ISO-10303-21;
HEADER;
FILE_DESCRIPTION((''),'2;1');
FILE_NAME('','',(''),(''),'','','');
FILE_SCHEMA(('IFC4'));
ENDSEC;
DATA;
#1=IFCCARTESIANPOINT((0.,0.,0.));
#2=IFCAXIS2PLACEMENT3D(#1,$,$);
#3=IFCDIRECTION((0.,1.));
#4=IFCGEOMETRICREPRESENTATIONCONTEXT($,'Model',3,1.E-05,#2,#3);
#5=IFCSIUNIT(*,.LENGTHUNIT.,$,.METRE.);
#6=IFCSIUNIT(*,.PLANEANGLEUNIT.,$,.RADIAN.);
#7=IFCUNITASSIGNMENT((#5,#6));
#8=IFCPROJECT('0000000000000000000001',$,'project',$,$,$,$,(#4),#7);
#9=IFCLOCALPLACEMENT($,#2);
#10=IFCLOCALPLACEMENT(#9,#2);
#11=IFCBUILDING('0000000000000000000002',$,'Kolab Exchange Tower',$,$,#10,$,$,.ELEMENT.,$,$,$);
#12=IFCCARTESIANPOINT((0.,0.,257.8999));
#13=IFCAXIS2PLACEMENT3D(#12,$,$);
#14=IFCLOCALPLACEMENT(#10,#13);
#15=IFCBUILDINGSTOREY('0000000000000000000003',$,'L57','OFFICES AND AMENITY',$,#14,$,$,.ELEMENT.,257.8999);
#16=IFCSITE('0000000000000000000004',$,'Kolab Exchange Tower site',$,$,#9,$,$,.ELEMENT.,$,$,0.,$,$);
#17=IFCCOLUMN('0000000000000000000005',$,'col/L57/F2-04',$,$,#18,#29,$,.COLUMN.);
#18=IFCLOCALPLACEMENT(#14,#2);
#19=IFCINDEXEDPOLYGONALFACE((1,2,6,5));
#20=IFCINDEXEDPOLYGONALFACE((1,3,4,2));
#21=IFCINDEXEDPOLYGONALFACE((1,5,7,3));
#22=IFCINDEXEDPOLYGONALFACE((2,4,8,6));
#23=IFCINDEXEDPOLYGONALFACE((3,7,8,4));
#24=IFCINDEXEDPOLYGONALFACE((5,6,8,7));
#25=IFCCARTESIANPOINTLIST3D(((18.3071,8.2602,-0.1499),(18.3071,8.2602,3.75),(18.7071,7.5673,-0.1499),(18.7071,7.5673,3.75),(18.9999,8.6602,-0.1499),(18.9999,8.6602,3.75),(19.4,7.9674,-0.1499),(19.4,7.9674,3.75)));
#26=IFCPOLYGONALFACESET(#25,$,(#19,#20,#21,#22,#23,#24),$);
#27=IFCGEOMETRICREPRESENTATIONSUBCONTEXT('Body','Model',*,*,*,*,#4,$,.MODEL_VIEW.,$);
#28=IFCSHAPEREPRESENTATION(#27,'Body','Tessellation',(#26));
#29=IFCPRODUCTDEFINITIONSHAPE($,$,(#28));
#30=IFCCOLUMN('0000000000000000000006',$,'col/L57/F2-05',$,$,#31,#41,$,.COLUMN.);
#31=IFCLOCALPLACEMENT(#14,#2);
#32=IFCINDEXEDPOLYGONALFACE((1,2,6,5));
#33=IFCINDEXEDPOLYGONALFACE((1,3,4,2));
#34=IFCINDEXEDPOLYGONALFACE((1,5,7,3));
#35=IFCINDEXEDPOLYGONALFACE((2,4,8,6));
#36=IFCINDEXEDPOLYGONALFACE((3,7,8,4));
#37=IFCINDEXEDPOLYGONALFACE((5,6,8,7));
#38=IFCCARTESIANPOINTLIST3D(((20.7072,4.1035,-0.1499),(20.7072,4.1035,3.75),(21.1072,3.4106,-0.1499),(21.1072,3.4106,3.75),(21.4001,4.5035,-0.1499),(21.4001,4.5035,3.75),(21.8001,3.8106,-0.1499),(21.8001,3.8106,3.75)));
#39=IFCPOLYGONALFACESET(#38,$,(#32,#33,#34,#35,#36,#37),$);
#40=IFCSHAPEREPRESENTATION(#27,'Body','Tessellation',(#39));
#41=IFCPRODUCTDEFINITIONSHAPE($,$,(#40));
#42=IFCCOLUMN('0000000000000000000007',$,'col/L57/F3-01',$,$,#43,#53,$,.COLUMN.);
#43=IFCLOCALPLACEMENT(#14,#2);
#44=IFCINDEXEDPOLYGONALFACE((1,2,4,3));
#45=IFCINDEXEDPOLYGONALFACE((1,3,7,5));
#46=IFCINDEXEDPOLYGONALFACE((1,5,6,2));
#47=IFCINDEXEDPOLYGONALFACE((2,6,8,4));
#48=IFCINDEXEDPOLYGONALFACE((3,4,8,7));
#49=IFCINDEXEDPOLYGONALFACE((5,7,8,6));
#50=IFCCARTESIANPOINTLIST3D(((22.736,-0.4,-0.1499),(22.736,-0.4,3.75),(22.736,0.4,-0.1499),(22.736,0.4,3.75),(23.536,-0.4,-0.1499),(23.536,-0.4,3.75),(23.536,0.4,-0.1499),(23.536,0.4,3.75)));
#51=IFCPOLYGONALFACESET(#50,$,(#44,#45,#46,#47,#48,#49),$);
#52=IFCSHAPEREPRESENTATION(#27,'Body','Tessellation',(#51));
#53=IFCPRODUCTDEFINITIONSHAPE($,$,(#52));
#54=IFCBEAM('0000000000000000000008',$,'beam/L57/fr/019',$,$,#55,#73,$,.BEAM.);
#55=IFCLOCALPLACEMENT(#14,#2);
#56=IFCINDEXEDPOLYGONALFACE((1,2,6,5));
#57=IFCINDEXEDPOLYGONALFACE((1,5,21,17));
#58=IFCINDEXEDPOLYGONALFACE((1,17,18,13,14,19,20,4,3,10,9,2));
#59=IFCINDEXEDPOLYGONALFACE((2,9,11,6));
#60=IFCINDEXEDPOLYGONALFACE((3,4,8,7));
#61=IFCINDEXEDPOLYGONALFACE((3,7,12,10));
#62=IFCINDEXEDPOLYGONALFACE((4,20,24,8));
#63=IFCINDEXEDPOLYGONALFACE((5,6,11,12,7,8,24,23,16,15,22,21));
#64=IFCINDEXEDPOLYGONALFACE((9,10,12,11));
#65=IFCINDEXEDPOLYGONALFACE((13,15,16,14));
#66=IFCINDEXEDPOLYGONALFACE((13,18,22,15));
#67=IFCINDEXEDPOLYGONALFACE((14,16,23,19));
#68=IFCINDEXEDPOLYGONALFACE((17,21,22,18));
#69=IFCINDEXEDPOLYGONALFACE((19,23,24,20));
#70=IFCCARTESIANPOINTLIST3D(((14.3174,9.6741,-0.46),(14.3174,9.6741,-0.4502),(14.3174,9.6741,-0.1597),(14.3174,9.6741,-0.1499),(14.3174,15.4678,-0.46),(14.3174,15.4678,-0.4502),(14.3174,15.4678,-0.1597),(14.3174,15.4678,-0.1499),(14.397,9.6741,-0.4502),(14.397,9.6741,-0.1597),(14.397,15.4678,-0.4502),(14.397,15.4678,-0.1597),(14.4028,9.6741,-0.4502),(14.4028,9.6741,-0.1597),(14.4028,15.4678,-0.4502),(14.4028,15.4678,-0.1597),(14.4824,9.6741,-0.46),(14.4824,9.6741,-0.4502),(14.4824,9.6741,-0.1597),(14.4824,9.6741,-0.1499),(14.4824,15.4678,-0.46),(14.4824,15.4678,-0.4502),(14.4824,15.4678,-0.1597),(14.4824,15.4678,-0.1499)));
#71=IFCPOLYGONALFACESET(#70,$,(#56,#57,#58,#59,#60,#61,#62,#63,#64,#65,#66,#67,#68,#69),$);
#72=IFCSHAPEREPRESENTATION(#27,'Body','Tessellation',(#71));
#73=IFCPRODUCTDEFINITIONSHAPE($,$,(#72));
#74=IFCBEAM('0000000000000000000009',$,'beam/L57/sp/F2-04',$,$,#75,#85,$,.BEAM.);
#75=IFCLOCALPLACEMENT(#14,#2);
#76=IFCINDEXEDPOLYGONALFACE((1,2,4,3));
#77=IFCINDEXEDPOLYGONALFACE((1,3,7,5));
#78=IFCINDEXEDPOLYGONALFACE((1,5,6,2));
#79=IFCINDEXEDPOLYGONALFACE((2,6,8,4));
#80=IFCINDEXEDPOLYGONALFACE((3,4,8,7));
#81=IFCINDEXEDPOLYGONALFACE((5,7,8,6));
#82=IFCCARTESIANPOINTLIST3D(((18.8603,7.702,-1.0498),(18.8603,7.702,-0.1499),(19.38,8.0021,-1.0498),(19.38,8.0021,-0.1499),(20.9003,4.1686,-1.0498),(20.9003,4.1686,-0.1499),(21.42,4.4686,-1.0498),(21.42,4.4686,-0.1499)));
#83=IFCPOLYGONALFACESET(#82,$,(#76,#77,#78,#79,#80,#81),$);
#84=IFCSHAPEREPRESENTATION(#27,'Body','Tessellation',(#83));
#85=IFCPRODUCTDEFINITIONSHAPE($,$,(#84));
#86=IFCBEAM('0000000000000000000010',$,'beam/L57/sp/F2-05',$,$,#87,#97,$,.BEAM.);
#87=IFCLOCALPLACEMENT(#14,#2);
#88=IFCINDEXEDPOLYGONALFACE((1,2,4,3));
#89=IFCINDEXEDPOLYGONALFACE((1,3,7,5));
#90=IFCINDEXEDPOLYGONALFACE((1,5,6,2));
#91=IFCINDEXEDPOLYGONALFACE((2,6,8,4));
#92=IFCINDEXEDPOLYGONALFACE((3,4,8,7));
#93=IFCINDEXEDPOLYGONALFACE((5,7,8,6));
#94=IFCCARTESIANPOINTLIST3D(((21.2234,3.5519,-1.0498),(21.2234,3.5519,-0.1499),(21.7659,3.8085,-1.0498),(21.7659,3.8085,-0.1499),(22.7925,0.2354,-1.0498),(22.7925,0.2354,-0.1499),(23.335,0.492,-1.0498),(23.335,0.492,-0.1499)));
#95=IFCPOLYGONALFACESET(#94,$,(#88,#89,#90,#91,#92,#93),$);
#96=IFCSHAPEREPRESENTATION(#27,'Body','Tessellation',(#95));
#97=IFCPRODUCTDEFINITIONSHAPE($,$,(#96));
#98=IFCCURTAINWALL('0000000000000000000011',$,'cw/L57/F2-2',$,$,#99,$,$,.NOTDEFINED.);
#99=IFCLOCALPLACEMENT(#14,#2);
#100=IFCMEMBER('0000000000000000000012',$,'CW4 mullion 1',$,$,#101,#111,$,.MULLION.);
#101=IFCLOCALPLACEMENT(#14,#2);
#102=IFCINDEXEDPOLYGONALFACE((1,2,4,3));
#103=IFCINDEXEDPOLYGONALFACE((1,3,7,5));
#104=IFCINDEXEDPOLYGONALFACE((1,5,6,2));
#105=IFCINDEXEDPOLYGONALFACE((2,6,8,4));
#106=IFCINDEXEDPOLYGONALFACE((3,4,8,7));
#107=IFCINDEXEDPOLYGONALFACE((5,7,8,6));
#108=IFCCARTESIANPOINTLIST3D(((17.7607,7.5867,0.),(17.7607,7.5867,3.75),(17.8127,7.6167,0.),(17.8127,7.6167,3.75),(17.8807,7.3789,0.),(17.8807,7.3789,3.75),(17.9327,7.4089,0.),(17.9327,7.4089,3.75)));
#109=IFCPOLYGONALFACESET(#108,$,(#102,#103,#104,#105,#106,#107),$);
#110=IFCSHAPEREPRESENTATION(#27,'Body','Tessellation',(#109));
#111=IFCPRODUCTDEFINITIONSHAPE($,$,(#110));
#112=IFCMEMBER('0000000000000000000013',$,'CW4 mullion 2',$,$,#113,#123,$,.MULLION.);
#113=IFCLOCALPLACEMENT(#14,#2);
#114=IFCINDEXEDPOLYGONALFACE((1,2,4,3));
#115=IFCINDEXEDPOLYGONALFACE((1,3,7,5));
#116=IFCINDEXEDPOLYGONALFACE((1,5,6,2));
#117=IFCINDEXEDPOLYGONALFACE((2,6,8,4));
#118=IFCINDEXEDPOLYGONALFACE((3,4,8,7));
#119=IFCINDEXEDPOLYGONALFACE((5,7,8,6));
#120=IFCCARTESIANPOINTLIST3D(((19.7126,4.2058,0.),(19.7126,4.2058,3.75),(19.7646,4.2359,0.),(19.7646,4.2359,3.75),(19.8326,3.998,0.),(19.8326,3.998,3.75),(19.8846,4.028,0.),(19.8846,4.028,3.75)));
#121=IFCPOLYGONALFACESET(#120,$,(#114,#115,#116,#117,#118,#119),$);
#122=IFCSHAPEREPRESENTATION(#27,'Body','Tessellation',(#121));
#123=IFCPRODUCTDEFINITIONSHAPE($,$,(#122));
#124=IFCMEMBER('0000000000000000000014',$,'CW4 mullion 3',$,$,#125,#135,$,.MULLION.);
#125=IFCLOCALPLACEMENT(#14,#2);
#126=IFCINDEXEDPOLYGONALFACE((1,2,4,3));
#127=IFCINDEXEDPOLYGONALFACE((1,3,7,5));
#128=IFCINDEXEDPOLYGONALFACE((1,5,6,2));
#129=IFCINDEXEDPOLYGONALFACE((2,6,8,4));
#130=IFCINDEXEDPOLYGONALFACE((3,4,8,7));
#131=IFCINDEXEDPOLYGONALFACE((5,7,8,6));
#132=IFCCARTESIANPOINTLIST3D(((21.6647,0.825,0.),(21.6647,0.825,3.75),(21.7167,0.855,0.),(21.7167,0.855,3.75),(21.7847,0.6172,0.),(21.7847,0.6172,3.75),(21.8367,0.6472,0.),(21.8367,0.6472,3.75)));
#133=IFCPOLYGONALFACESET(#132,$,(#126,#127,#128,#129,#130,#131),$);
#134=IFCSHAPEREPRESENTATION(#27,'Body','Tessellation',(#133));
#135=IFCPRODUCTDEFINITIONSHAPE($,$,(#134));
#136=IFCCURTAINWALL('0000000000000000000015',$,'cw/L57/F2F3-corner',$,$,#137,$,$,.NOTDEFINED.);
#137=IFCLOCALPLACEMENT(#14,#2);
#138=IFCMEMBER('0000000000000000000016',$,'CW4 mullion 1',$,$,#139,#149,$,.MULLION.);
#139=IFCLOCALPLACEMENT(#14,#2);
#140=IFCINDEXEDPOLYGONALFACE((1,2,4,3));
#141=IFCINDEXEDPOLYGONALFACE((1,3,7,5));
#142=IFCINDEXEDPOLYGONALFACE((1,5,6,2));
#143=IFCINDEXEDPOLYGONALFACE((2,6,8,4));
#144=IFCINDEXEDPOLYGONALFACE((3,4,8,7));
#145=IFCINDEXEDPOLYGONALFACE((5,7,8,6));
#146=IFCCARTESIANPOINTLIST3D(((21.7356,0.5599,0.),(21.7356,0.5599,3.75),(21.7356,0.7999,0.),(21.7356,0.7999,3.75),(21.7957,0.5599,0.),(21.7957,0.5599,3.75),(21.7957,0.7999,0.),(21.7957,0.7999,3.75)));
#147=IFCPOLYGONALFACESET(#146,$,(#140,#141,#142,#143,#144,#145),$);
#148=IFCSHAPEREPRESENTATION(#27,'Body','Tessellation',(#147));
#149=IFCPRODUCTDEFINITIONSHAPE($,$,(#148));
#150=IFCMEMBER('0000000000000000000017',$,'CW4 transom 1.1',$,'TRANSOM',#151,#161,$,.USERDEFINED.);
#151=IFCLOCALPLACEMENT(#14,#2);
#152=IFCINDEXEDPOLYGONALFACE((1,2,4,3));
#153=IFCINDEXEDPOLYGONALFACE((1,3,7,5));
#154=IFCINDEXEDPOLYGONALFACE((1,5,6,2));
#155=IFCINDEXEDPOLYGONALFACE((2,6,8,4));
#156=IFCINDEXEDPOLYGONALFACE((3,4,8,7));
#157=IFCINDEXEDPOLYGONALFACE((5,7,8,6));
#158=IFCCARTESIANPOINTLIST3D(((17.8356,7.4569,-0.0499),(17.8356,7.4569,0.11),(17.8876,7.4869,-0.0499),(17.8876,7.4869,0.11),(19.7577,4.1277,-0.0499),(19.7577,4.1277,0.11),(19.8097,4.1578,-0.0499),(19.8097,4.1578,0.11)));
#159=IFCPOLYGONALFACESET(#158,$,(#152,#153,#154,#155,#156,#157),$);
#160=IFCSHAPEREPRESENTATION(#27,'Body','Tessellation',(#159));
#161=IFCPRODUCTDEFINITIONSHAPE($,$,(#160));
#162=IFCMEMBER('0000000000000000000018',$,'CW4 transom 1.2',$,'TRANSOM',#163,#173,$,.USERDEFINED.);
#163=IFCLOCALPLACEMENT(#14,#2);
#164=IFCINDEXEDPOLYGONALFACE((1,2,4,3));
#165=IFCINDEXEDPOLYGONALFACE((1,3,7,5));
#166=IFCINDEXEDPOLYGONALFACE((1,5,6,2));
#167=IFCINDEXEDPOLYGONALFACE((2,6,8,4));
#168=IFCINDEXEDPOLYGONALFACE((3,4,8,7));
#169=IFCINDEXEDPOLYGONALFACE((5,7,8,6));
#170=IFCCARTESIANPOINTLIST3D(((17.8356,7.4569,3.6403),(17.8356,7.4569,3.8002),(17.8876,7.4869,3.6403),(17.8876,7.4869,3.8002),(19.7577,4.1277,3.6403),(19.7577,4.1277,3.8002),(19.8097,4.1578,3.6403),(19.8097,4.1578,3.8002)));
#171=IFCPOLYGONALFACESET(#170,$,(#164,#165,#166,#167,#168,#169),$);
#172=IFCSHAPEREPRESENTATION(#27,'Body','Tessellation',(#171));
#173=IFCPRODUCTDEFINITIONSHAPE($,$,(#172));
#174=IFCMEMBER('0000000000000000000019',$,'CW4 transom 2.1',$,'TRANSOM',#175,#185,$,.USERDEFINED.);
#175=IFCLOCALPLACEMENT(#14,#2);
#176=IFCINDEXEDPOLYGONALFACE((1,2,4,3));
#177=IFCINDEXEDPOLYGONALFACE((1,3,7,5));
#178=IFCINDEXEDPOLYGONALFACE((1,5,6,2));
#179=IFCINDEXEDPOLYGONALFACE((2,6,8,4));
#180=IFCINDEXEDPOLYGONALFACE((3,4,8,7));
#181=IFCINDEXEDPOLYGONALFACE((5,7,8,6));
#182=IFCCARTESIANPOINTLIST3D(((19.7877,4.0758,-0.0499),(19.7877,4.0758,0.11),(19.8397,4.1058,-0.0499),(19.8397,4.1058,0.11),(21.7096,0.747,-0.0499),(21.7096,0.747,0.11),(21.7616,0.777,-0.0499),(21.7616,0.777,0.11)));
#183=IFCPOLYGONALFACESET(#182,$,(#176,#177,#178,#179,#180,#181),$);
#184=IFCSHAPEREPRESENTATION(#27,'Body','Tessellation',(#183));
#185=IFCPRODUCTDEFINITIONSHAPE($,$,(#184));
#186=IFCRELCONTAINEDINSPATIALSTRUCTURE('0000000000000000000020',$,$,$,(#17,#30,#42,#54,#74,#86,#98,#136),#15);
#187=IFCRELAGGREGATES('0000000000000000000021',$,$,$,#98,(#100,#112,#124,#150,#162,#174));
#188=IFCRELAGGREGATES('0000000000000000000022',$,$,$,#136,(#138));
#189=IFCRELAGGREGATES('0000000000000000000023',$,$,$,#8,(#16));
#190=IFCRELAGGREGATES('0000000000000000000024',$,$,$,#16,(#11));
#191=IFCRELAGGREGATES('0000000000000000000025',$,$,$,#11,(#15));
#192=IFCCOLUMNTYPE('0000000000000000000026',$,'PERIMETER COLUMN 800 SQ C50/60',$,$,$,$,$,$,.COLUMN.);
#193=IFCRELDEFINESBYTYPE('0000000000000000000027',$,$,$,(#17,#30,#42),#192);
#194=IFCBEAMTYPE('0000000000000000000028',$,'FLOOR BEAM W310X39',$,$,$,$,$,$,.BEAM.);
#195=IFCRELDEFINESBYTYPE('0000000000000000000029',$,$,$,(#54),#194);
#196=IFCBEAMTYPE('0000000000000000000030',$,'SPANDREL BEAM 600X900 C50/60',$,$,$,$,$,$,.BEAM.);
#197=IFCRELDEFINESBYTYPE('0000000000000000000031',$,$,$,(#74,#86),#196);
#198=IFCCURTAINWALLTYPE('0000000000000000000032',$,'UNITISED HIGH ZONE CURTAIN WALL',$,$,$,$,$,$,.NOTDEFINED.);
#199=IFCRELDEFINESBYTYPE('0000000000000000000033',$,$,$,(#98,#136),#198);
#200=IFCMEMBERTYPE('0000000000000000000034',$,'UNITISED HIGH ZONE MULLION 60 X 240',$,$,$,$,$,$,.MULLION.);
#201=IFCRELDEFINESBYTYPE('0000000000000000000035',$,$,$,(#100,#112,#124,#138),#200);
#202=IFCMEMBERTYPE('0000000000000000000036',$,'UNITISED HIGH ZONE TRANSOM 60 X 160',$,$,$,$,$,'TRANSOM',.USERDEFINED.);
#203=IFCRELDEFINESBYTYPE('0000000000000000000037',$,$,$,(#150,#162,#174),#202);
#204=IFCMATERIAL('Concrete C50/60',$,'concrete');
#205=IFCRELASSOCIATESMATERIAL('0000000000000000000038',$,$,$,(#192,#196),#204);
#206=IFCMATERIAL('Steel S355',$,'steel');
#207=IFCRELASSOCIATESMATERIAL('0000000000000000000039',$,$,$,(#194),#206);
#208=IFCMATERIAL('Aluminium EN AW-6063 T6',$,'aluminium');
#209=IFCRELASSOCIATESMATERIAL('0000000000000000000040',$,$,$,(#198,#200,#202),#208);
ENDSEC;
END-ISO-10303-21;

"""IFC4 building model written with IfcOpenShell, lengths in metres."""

from ifc_helpers import new_model, si_unit, direction, frame, origin, origin_2d, place, context, subcontext, project, spatial, rectangle, i_section, extrude, material, material_profile, profile_set, type_object, element, aggregate, save


model = new_model("IFC4")

# Units and contexts
model_context = context("Model", 3, precision=1e-05, world=origin(), true_north=direction((0.0, 1.0)))
body_context = subcontext(model_context, "Body", "Model", "MODEL_VIEW")
ifc_project = project(units=[si_unit("LENGTHUNIT", "METRE"), si_unit("PLANEANGLEUNIT", "RADIAN")], contexts=[model_context])

# Site, building, storey
site_placement = place(None, origin())
site = spatial("IfcSite", under=ifc_project, at=site_placement, Name="Kolab Exchange Tower site", CompositionType="ELEMENT", RefElevation=0.0)
building_placement = place(site_placement, origin())
building = spatial("IfcBuilding", under=site, at=building_placement, Name="Kolab Exchange Tower", CompositionType="ELEMENT")
storey_placement = place(building_placement, frame((0.0, 0.0, 257.8999)))
storey = spatial("IfcBuildingStorey", under=building, at=storey_placement, Name="L57", Description="OFFICES AND AMENITY", CompositionType="ELEMENT", Elevation=257.8999)

# Columns
ifc_material_1 = material(Name="Concrete C50/60", Category="concrete")
ifc_material_profile_1 = material_profile(ifc_material_1, rectangle(XDim=0.8, YDim=0.8, at=origin_2d()), Name="RC800")
ifc_profile_set_1 = profile_set([ifc_material_profile_1], Name="Concrete C50/60")
column_type = type_object("IfcColumnType", Name="PERIMETER COLUMN 800 SQ C50/60", PredefinedType="COLUMN", material=ifc_profile_set_1)
for number, where, z_axis, x_axis, name in (
    (1, (18.8535, 8.1138, -0.1499), (0.0, 0.0, 1.0), (0.866025, 0.5, 0.0), "col/L57/F2-04"),
    (2, (21.2537, 3.957, -0.1499), (0.0, 0.0, 1.0), (0.866025, 0.5, 0.0), "col/L57/F2-05"),
    (3, (23.136, 0.0, -0.1499), (0.0, 0.0, 1.0), (1.0, 0.0, 0.0), "col/L57/F3-01"),
):
    element("IfcColumn", number, at=place(storey_placement, frame(where, z_axis=z_axis, x_axis=x_axis)), inside=storey, type_object=column_type, Name=name, PredefinedType="COLUMN", context=body_context, shape_type="SweptSolid", body=[
        extrude(rectangle(XDim=0.8, YDim=0.8, at=origin_2d()), origin(), (0.0, 0.0, 1.0), 3.8999),
    ])

# Beams
ifc_material_2 = material(Name="Steel S355", Category="steel")
ifc_material_profile_2 = material_profile(ifc_material_2, i_section(OverallWidth=0.165, OverallDepth=0.3101, WebThickness=0.0059, FlangeThickness=0.0098, at=origin_2d()), Name="W310X39")
ifc_profile_set_2 = profile_set([ifc_material_profile_2], Name="Steel S355")
beam_type_1 = type_object("IfcBeamType", Name="FLOOR BEAM W310X39", PredefinedType="BEAM", material=ifc_profile_set_2)
beam_1_placement = place(storey_placement, frame((14.3999, 9.6741, -0.3049), z_axis=(0.0, 1.0, 0.0), x_axis=(-1.0, 0.0, 0.0)))
element("IfcBeam", 4, at=beam_1_placement, inside=storey, type_object=beam_type_1, Name="beam/L57/fr/019", PredefinedType="BEAM", context=body_context, shape_type="SweptSolid", body=[
    extrude(i_section(OverallWidth=0.165, OverallDepth=0.3101, WebThickness=0.0059, FlangeThickness=0.0098, at=origin_2d()), origin(), (0.0, 0.0, 1.0), 5.7937),
])
ifc_material_profile_3 = material_profile(ifc_material_1, rectangle(XDim=0.6001, YDim=0.8999, at=origin_2d()), Name="RC600X900")
ifc_profile_set_3 = profile_set([ifc_material_profile_3], Name="Concrete C50/60")
beam_type_2 = type_object("IfcBeamType", Name="SPANDREL BEAM 600X900 C50/60", PredefinedType="BEAM", material=ifc_profile_set_3)
beam_2_placement = place(storey_placement, frame((19.1201, 7.8521, -0.5999), z_axis=(0.5, -0.866025, 0.0), x_axis=(0.866025, 0.5, 0.0)))
element("IfcBeam", 5, at=beam_2_placement, inside=storey, type_object=beam_type_2, Name="beam/L57/sp/F2-04", PredefinedType="BEAM", context=body_context, shape_type="SweptSolid", body=[
    extrude(rectangle(XDim=0.6001, YDim=0.8999, at=origin_2d()), origin(), (0.0, 0.0, 1.0), 4.0801),
])
beam_3_placement = place(storey_placement, frame((21.4946, 3.6802, -0.5999), z_axis=(0.427677, -0.903932, 0.0), x_axis=(0.903932, 0.427677, 0.0)))
element("IfcBeam", 6, at=beam_3_placement, inside=storey, type_object=beam_type_2, Name="beam/L57/sp/F2-05", PredefinedType="BEAM", context=body_context, shape_type="SweptSolid", body=[
    extrude(rectangle(XDim=0.6001, YDim=0.8999, at=origin_2d()), origin(), (0.0, 0.0, 1.0), 3.6689),
])

# Curtain wall, members
ifc_material_3 = material(Name="Aluminium EN AW-6063 T6", Category="aluminium")
curtain_wall_type = type_object("IfcCurtainWallType", Name="UNITISED HIGH ZONE CURTAIN WALL", PredefinedType="NOTDEFINED", material=ifc_material_3)
curtain_wall_1_placement = place(storey_placement, origin())
curtain_wall_1 = element("IfcCurtainWall", 7, at=curtain_wall_1_placement, inside=storey, type_object=curtain_wall_type, Name="cw/L57/F2-2", PredefinedType="NOTDEFINED")
ifc_material_profile_4 = material_profile(ifc_material_3, rectangle(XDim=0.0601, YDim=0.24, at=origin_2d()), Name="RECT 60X240")
ifc_profile_set_4 = profile_set([ifc_material_profile_4], Name="Aluminium EN AW-6063 T6")
member_type_1 = type_object("IfcMemberType", Name="UNITISED HIGH ZONE MULLION 60 X 240", PredefinedType="MULLION", material=ifc_profile_set_4)
member_1_placement = place(storey_placement, frame((17.8467, 7.4978, 0.0), z_axis=(0.0, 0.0, 1.0), x_axis=(0.866025, 0.5, 0.0)))
member_1 = element("IfcMember", 8, at=member_1_placement, type_object=member_type_1, Name="CW4 mullion 1", PredefinedType="MULLION", context=body_context, shape_type="SweptSolid", body=[
    extrude(rectangle(XDim=0.0601, YDim=0.24, at=origin_2d()), origin(), (0.0, 0.0, 1.0), 3.75),
])
member_2_placement = place(storey_placement, frame((19.7986, 4.1169, 0.0), z_axis=(0.0, 0.0, 1.0), x_axis=(0.866025, 0.5, 0.0)))
member_2 = element("IfcMember", 9, at=member_2_placement, type_object=member_type_1, Name="CW4 mullion 2", PredefinedType="MULLION", context=body_context, shape_type="SweptSolid", body=[
    extrude(rectangle(XDim=0.0601, YDim=0.24, at=origin_2d()), origin(), (0.0, 0.0, 1.0), 3.75),
])
member_3_placement = place(storey_placement, frame((21.7507, 0.7361, 0.0), z_axis=(0.0, 0.0, 1.0), x_axis=(0.866025, 0.5, 0.0)))
member_3 = element("IfcMember", 10, at=member_3_placement, type_object=member_type_1, Name="CW4 mullion 3", PredefinedType="MULLION", context=body_context, shape_type="SweptSolid", body=[
    extrude(rectangle(XDim=0.0601, YDim=0.24, at=origin_2d()), origin(), (0.0, 0.0, 1.0), 3.75),
])

# Curtain wall, member
curtain_wall_2_placement = place(storey_placement, origin())
curtain_wall_2 = element("IfcCurtainWall", 11, at=curtain_wall_2_placement, inside=storey, type_object=curtain_wall_type, Name="cw/L57/F2F3-corner", PredefinedType="NOTDEFINED")
member_4_placement = place(storey_placement, frame((21.7656, 0.6799, 0.0), z_axis=(0.0, 0.0, 1.0), x_axis=(1.0, 0.0, 0.0)))
member_4 = element("IfcMember", 12, at=member_4_placement, type_object=member_type_1, Name="CW4 mullion 1", PredefinedType="MULLION", context=body_context, shape_type="SweptSolid", body=[
    extrude(rectangle(XDim=0.0601, YDim=0.24, at=origin_2d()), origin(), (0.0, 0.0, 1.0), 3.75),
])

# Members
ifc_material_profile_5 = material_profile(ifc_material_3, rectangle(XDim=0.0601, YDim=0.1599, at=origin_2d()), Name="RECT 60X160")
ifc_profile_set_5 = profile_set([ifc_material_profile_5], Name="Aluminium EN AW-6063 T6")
member_type_2 = type_object("IfcMemberType", Name="UNITISED HIGH ZONE TRANSOM 60 X 160", ElementType="TRANSOM", PredefinedType="USERDEFINED", material=ifc_profile_set_5)
member_5_placement = place(storey_placement, frame((17.8616, 7.4719, 0.03), z_axis=(0.500012, -0.866018, 0.0), x_axis=(0.866018, 0.500012, 0.0)))
member_5 = element("IfcMember", 13, at=member_5_placement, type_object=member_type_2, Name="CW4 transom 1.1", ObjectType="TRANSOM", PredefinedType="USERDEFINED", context=body_context, shape_type="SweptSolid", body=[
    extrude(rectangle(XDim=0.0601, YDim=0.1599, at=origin_2d()), origin(), (0.0, 0.0, 1.0), 3.8442),
])
member_6_placement = place(storey_placement, frame((17.8616, 7.4719, 3.7202), z_axis=(0.500012, -0.866018, 0.0), x_axis=(0.866018, 0.500012, 0.0)))
member_6 = element("IfcMember", 14, at=member_6_placement, type_object=member_type_2, Name="CW4 transom 1.2", ObjectType="TRANSOM", PredefinedType="USERDEFINED", context=body_context, shape_type="SweptSolid", body=[
    extrude(rectangle(XDim=0.0601, YDim=0.1599, at=origin_2d()), origin(), (0.0, 0.0, 1.0), 3.8442),
])
member_7_placement = place(storey_placement, frame((19.8137, 4.0908, 0.03), z_axis=(0.499992, -0.86603, 0.0), x_axis=(0.86603, 0.499992, 0.0)))
member_7 = element("IfcMember", 15, at=member_7_placement, type_object=member_type_2, Name="CW4 transom 2.1", ObjectType="TRANSOM", PredefinedType="USERDEFINED", context=body_context, shape_type="SweptSolid", body=[
    extrude(rectangle(XDim=0.0601, YDim=0.1599, at=origin_2d()), origin(), (0.0, 0.0, 1.0), 3.8438),
])

aggregate(curtain_wall_1, [member_1, member_2, member_3, member_5, member_6, member_7])
aggregate(curtain_wall_2, [member_4])

save(model, "model.ifc")
